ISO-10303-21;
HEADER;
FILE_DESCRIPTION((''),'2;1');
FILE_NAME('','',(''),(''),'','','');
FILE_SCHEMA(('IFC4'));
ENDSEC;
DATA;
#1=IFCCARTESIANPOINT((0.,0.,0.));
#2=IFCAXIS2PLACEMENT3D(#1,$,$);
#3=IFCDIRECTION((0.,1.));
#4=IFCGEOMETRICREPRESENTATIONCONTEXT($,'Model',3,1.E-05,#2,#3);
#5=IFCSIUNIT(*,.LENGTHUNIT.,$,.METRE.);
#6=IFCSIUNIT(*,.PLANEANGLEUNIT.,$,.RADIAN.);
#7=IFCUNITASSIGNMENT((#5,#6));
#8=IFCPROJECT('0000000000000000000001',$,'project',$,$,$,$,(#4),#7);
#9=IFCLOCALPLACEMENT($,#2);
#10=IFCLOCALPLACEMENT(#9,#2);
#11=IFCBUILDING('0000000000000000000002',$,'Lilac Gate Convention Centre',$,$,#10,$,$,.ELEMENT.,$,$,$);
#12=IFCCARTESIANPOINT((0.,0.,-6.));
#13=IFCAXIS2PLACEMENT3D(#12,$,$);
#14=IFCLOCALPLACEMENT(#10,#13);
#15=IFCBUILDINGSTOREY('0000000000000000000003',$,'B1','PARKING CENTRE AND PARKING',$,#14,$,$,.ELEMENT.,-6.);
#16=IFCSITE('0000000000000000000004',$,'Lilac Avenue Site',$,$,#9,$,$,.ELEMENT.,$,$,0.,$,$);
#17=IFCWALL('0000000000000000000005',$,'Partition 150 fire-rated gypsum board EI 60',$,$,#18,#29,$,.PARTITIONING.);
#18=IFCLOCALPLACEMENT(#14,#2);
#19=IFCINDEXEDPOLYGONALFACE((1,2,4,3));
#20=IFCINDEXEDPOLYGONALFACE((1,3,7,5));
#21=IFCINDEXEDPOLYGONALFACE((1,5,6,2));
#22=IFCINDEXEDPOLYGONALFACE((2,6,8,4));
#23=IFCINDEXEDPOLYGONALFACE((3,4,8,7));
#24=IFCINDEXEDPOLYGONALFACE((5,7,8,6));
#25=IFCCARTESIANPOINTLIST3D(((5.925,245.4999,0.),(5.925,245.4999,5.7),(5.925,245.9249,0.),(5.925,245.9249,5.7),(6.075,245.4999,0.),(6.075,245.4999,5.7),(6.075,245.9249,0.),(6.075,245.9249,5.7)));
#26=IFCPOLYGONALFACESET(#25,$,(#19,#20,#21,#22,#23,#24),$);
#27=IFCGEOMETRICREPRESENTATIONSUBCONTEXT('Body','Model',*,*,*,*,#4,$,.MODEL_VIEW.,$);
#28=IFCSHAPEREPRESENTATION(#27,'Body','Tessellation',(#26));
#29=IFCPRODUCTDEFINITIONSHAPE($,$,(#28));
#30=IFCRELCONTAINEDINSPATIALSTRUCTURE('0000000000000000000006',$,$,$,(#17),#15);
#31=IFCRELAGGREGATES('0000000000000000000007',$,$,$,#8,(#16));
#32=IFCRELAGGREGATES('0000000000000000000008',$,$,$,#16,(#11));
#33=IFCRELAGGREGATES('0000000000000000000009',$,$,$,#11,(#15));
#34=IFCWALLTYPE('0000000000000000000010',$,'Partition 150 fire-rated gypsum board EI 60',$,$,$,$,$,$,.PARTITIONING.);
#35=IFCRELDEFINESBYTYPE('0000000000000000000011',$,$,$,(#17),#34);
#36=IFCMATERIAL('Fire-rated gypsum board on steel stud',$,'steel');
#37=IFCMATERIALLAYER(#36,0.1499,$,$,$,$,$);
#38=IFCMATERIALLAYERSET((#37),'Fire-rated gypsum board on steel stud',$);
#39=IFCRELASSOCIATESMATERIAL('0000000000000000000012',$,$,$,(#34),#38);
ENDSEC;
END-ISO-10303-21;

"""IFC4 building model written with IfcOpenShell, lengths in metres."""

from ifc_helpers import new_model, si_unit, direction, frame, frame_2d, origin, place, context, subcontext, project, spatial, rectangle, extrude, material, layer, layer_set, type_object, element, save


model = new_model("IFC4")

# Units and contexts
model_context = context("Model", 3, precision=1e-05, world=origin(), true_north=direction((0.0, 1.0)))
body_context = subcontext(model_context, "Body", "Model", "MODEL_VIEW")
ifc_project = project(units=[si_unit("LENGTHUNIT", "METRE"), si_unit("PLANEANGLEUNIT", "RADIAN")], contexts=[model_context])

# Site, building, storey
site_placement = place(None, origin())
site = spatial("IfcSite", under=ifc_project, at=site_placement, Name="Lilac Avenue Site", CompositionType="ELEMENT", RefElevation=0.0)
building_placement = place(site_placement, origin())
building = spatial("IfcBuilding", under=site, at=building_placement, Name="Lilac Gate Convention Centre", CompositionType="ELEMENT")
storey_placement = place(building_placement, frame((0.0, 0.0, -6.0)))
storey = spatial("IfcBuildingStorey", under=building, at=storey_placement, Name="B1", Description="PARKING CENTRE AND PARKING", CompositionType="ELEMENT", Elevation=-6.0)

# Wall
ifc_material_1 = material(Name="Fire-rated gypsum board on steel stud", Category="steel")
ifc_layer_1 = layer(ifc_material_1, 0.1499)
ifc_layer_set_1 = layer_set([ifc_layer_1], Name="Fire-rated gypsum board on steel stud")
wall_type_1 = type_object("IfcWallType", Name="Partition 150 fire-rated gypsum board EI 60", PredefinedType="PARTITIONING", material=ifc_layer_set_1)
wall_1_placement = place(storey_placement, frame((6.0, 245.5, 0.0), z_axis=(0.0, 0.0, 1.0), x_axis=(0.0, 1.0, 0.0)))
element("IfcWall", 1, at=wall_1_placement, inside=storey, type_object=wall_type_1, Name="Partition 150 fire-rated gypsum board EI 60", PredefinedType="PARTITIONING", context=body_context, shape_type="SweptSolid", body=[
    extrude(rectangle(XDim=0.425, YDim=0.1499, at=frame_2d((0.2124, 0.0))), origin(), (0.0, 0.0, 1.0), 5.7),
])

save(model, "model.ifc")
